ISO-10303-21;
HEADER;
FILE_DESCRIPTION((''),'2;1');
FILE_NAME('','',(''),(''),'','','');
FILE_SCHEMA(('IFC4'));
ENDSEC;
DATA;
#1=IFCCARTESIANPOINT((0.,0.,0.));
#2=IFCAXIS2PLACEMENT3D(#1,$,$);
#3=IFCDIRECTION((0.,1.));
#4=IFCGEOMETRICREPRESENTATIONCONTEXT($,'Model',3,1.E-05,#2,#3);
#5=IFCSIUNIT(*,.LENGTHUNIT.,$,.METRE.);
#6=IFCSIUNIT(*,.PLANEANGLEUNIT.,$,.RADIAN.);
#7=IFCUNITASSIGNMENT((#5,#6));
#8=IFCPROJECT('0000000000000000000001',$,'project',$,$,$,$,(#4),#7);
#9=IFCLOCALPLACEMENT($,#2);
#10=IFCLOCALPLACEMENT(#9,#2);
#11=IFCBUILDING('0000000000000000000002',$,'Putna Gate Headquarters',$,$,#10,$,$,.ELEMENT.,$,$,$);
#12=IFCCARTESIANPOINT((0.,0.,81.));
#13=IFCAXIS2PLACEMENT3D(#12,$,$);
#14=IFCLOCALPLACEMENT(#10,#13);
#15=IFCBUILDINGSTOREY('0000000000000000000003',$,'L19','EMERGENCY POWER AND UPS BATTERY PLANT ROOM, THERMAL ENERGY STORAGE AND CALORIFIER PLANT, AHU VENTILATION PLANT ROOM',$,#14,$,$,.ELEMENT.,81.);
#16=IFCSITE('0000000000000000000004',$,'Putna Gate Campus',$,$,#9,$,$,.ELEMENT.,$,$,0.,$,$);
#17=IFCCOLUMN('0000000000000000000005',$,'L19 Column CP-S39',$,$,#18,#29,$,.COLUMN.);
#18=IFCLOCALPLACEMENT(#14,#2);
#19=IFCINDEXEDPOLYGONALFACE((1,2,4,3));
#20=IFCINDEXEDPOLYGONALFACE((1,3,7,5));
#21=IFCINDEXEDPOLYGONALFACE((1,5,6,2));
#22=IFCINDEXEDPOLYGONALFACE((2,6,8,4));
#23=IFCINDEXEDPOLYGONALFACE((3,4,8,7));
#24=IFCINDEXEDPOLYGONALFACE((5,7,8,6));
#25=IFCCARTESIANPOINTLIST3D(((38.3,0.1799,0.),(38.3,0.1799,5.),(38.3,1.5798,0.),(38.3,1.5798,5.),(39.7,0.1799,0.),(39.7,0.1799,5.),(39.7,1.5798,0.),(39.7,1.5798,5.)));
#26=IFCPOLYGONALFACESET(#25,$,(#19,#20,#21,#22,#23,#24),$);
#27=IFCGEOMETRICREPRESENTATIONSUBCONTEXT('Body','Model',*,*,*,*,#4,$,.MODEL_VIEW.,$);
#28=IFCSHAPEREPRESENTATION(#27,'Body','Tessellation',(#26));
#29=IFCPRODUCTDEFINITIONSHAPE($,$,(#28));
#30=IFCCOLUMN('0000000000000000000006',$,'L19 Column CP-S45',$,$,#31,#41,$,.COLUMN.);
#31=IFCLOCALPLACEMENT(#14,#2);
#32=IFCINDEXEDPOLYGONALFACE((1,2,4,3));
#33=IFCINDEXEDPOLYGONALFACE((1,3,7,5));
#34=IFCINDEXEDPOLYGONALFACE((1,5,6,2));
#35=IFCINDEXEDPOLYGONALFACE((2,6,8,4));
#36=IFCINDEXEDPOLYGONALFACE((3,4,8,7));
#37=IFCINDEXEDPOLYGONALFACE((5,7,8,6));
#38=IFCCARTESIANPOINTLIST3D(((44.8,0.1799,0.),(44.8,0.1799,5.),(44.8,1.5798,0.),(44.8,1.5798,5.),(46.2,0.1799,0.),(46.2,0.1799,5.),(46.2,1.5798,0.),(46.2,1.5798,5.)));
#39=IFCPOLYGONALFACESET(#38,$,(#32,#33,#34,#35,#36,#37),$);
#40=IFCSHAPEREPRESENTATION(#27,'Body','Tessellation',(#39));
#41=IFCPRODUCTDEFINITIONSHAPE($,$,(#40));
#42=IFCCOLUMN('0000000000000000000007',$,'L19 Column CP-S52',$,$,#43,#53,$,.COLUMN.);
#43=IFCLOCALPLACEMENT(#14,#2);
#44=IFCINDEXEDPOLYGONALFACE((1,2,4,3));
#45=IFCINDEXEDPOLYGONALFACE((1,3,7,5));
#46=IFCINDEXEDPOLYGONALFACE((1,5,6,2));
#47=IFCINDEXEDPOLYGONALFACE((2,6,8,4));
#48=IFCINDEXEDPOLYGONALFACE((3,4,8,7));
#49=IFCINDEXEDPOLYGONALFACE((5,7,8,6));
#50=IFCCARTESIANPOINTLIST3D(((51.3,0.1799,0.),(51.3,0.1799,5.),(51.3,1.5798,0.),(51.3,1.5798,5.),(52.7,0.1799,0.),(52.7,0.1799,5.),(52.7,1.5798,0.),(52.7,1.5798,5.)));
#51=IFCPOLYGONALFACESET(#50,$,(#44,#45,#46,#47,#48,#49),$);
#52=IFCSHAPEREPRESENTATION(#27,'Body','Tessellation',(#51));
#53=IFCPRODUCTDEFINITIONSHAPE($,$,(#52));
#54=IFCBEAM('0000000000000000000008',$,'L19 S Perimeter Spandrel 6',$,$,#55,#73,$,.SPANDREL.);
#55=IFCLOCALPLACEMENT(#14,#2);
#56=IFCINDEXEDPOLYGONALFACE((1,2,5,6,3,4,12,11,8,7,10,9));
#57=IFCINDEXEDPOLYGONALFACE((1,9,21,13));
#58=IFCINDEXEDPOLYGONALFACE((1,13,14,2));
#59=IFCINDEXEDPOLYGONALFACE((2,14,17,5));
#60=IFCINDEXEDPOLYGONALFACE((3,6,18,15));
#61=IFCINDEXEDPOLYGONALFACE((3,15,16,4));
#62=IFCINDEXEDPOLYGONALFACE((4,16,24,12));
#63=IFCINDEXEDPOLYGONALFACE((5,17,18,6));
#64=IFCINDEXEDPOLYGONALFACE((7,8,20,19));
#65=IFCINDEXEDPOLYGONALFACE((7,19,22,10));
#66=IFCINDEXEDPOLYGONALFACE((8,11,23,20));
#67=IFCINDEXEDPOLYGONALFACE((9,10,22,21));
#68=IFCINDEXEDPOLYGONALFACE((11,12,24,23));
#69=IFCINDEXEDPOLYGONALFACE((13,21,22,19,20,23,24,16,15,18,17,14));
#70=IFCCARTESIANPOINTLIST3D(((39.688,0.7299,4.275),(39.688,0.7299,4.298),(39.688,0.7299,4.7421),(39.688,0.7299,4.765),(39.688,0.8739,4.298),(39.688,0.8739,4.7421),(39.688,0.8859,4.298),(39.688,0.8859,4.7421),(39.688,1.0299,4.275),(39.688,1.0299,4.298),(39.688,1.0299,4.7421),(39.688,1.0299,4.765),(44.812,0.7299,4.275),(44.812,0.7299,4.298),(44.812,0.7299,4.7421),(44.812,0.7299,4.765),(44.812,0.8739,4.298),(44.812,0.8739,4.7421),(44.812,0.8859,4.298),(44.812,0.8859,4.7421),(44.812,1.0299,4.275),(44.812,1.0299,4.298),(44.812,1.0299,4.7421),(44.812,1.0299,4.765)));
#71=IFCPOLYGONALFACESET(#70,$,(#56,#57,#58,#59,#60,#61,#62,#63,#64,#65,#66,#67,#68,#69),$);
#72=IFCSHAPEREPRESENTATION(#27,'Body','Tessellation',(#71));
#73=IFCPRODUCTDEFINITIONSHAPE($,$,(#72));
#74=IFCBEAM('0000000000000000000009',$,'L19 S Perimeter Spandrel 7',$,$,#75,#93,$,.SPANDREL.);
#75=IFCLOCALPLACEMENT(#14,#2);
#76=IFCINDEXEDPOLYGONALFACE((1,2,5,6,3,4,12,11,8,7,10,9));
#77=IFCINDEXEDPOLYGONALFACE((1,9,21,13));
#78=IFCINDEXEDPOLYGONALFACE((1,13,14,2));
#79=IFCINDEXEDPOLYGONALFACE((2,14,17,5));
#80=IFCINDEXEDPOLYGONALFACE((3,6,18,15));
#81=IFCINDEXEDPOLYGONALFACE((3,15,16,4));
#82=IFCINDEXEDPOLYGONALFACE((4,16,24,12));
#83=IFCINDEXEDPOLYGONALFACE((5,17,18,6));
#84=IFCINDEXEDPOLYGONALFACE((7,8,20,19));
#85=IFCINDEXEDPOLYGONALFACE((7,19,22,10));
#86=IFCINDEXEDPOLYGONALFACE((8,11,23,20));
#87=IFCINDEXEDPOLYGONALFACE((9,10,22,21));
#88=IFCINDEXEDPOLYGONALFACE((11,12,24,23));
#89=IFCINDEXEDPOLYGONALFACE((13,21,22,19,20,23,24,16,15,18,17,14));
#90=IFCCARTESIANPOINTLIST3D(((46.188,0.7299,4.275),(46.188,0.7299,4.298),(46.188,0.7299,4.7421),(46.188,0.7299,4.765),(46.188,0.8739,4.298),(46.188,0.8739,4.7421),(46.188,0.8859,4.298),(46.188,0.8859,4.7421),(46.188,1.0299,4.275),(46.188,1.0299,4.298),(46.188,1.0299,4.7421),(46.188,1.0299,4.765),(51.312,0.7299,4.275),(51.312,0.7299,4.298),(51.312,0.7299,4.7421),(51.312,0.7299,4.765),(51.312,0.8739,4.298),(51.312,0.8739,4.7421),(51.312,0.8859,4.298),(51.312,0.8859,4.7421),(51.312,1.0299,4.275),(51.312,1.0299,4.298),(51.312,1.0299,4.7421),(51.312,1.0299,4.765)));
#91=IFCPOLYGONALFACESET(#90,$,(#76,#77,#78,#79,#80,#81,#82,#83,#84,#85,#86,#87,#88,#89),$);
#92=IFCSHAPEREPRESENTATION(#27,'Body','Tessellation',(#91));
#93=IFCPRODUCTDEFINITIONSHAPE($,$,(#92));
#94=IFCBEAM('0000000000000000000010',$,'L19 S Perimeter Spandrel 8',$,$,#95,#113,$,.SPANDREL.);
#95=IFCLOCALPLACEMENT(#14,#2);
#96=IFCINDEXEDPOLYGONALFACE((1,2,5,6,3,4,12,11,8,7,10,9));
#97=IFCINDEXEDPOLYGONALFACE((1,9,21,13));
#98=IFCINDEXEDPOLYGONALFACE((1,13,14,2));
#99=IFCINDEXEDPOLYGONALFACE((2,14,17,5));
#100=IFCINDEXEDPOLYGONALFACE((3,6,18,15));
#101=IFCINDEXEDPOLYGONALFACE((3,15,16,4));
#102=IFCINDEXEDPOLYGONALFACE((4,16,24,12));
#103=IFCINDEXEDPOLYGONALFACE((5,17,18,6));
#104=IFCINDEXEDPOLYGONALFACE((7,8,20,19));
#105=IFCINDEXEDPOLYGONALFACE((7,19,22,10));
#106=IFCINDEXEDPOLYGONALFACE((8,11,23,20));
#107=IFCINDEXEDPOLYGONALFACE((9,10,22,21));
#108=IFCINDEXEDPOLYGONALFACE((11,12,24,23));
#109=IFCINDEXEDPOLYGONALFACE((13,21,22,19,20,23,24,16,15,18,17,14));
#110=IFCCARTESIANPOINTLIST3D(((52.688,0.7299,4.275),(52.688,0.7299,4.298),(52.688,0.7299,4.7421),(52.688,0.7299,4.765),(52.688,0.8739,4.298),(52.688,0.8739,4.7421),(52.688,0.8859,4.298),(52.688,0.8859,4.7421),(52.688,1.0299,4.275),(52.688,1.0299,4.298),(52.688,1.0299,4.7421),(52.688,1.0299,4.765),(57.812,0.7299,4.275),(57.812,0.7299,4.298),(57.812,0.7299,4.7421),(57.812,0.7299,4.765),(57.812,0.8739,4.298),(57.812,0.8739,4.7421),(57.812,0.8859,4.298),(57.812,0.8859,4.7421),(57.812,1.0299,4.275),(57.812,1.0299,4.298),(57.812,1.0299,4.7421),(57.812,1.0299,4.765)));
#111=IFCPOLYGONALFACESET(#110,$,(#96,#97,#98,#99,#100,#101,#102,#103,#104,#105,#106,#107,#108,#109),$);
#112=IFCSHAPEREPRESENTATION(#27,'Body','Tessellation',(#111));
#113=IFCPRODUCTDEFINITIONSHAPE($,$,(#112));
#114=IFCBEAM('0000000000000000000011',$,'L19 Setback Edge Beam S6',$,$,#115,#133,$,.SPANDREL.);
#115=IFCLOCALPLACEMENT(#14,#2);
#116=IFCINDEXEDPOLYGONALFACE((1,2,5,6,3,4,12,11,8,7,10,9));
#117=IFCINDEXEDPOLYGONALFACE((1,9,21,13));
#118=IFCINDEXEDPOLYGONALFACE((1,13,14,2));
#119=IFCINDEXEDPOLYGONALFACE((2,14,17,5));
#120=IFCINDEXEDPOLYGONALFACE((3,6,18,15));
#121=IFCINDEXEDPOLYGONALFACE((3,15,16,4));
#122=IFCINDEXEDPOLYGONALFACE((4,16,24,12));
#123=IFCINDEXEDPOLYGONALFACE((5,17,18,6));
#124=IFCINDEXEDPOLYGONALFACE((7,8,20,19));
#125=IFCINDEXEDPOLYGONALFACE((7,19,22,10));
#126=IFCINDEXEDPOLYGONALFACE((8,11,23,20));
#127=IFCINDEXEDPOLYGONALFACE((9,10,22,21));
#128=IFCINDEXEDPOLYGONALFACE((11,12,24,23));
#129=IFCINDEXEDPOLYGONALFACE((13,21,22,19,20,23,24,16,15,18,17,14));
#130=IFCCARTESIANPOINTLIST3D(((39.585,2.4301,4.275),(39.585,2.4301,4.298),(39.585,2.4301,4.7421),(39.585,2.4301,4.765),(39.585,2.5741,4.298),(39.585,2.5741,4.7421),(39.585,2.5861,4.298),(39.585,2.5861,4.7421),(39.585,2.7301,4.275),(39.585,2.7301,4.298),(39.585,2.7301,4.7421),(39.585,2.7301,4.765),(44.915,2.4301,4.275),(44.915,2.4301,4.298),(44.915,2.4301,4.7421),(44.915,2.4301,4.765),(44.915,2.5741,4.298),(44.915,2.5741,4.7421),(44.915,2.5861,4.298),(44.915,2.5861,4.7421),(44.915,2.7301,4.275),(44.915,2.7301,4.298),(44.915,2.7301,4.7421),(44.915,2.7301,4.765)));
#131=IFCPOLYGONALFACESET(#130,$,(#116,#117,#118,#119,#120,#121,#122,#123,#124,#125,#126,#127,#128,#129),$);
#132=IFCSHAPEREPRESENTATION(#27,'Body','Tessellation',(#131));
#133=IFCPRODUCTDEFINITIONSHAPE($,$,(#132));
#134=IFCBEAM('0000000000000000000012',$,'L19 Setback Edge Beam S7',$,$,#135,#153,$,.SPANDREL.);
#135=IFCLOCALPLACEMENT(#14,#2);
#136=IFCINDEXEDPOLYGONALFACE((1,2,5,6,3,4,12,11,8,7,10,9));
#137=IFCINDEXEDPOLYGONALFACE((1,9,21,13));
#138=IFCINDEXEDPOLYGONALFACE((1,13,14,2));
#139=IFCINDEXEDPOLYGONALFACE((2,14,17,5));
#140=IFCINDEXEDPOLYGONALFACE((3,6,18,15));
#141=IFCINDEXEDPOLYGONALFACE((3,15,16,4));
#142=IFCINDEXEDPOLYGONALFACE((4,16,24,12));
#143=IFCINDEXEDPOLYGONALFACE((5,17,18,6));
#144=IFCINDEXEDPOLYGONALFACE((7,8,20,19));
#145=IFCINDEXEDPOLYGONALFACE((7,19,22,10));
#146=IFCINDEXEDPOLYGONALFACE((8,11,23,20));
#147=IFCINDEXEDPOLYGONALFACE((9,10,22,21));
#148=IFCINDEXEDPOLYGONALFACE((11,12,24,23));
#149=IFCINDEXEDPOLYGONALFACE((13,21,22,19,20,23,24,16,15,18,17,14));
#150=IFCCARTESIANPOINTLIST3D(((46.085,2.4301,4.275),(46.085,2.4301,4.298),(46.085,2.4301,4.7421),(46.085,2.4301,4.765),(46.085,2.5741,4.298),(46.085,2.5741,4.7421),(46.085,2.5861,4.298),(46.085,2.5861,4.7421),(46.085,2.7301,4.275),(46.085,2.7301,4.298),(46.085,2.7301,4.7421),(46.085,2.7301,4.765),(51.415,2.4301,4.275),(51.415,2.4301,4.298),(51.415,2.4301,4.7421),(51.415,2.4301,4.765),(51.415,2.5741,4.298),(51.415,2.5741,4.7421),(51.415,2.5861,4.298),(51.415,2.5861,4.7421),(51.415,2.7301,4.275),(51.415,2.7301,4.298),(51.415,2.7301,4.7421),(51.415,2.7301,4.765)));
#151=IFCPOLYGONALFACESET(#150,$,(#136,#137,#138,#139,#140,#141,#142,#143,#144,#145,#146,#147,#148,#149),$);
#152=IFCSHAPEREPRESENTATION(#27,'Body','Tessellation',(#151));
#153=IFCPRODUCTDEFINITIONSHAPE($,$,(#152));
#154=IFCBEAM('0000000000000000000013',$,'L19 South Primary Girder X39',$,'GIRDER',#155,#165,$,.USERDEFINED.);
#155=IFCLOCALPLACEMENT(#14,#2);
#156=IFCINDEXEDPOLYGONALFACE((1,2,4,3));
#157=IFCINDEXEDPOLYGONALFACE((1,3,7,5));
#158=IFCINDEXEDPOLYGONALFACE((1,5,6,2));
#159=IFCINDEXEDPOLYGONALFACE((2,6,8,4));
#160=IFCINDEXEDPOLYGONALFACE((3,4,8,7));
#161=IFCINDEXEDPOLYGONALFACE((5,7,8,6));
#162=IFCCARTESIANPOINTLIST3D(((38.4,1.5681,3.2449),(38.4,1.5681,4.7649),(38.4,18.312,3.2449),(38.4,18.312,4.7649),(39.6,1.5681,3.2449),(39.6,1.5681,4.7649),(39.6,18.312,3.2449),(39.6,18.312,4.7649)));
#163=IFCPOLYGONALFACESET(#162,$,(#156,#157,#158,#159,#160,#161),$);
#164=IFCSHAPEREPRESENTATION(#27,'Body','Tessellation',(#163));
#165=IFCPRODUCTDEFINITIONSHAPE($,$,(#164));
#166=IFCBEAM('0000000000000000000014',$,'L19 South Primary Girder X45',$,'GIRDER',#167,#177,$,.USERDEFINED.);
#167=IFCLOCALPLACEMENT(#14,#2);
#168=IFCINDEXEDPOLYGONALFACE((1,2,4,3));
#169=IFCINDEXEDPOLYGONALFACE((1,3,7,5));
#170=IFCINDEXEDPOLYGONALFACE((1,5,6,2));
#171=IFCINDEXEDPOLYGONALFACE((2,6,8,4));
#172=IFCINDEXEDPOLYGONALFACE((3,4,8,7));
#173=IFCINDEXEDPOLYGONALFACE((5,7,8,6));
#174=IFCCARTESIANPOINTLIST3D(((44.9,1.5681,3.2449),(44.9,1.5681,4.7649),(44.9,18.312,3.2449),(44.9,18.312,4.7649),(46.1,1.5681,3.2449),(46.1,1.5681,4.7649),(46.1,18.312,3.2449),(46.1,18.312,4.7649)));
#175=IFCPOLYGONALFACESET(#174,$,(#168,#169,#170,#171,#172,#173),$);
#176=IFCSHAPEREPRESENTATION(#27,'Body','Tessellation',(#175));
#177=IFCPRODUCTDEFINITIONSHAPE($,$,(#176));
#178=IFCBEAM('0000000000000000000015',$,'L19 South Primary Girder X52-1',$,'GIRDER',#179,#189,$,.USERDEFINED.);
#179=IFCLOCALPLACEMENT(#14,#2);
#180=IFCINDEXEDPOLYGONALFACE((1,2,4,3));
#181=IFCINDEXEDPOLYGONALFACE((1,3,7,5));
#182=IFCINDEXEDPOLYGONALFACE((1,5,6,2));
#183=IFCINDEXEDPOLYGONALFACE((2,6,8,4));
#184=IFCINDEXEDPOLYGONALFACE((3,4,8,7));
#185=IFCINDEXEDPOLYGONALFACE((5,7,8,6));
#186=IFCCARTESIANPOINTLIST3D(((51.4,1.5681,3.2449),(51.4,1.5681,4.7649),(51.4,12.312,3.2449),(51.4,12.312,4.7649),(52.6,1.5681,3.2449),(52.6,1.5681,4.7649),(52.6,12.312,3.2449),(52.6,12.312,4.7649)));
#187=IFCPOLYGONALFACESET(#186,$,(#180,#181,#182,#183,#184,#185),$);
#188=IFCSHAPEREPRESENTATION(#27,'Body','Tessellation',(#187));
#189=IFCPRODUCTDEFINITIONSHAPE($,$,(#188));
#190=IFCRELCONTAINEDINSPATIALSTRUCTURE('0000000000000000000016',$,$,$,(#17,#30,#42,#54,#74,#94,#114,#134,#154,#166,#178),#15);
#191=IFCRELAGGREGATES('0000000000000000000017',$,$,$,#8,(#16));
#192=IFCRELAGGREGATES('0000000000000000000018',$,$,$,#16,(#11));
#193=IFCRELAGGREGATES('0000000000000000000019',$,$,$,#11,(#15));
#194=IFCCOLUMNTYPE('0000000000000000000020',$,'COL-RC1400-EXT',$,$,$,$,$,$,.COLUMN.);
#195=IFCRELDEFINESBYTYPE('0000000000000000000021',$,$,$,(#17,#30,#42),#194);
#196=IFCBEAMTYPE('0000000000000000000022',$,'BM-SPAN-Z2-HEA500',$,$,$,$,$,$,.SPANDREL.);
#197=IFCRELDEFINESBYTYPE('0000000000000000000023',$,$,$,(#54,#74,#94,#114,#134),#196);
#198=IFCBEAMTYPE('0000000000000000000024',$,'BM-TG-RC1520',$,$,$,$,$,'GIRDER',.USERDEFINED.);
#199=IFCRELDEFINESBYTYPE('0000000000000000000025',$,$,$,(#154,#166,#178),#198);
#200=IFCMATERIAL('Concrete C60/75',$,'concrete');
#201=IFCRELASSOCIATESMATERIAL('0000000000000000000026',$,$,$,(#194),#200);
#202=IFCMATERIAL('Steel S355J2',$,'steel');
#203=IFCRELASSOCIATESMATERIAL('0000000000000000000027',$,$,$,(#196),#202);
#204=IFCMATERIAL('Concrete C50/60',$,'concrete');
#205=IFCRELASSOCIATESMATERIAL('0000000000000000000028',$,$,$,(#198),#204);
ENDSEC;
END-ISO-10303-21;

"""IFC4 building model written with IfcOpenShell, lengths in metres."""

from ifc_helpers import new_model, si_unit, direction, frame, origin, origin_2d, place, context, subcontext, project, spatial, rectangle, i_section, extrude, material, material_profile, profile_set, type_object, element, save


model = new_model("IFC4")

# Units and contexts
model_context = context("Model", 3, precision=1e-05, world=origin(), true_north=direction((0.0, 1.0)))
body_context = subcontext(model_context, "Body", "Model", "MODEL_VIEW")
ifc_project = project(units=[si_unit("LENGTHUNIT", "METRE"), si_unit("PLANEANGLEUNIT", "RADIAN")], contexts=[model_context])

# Site, building, storey
site_placement = place(None, origin())
site = spatial("IfcSite", under=ifc_project, at=site_placement, Name="Putna Gate Campus", CompositionType="ELEMENT", RefElevation=0.0)
building_placement = place(site_placement, origin())
building = spatial("IfcBuilding", under=site, at=building_placement, Name="Putna Gate Headquarters", CompositionType="ELEMENT")
storey_placement = place(building_placement, frame((0.0, 0.0, 81.0)))
storey = spatial("IfcBuildingStorey", under=building, at=storey_placement, Name="L19", Description="EMERGENCY POWER AND UPS BATTERY PLANT ROOM, THERMAL ENERGY STORAGE AND CALORIFIER PLANT, AHU VENTILATION PLANT ROOM", CompositionType="ELEMENT", Elevation=81.0)

# Columns
ifc_material_1 = material(Name="Concrete C60/75", Category="concrete")
ifc_material_profile_1 = material_profile(ifc_material_1, rectangle(XDim=1.3999, YDim=1.3999, at=origin_2d()), Name="Concrete C60/75")
ifc_profile_set_1 = profile_set([ifc_material_profile_1], Name="Concrete C60/75")
column_type = type_object("IfcColumnType", Name="COL-RC1400-EXT", PredefinedType="COLUMN", material=ifc_profile_set_1)
for number, where, z_axis, x_axis, name in (
    (1, (39.0, 0.8799, 0.0), (0.0, 0.0, 1.0), (1.0, 0.0, 0.0), "L19 Column CP-S39"),
    (2, (45.5, 0.8799, 0.0), (0.0, 0.0, 1.0), (1.0, 0.0, 0.0), "L19 Column CP-S45"),
    (3, (52.0, 0.8799, 0.0), (0.0, 0.0, 1.0), (1.0, 0.0, 0.0), "L19 Column CP-S52"),
):
    element("IfcColumn", number, at=place(storey_placement, frame(where, z_axis=z_axis, x_axis=x_axis)), inside=storey, type_object=column_type, Name=name, PredefinedType="COLUMN", context=body_context, shape_type="SweptSolid", body=[
        extrude(rectangle(XDim=1.3999, YDim=1.3999, at=origin_2d()), origin(), (0.0, 0.0, 1.0), 5.0),
    ])

# Beams
ifc_material_2 = material(Name="Steel S355J2", Category="steel")
ifc_material_profile_2 = material_profile(ifc_material_2, i_section(OverallWidth=0.3, OverallDepth=0.49, WebThickness=0.012, FlangeThickness=0.0229, at=origin_2d()), Name="Steel S355J2")
ifc_profile_set_2 = profile_set([ifc_material_profile_2], Name="Steel S355J2")
beam_type_1 = type_object("IfcBeamType", Name="BM-SPAN-Z2-HEA500", PredefinedType="SPANDREL", material=ifc_profile_set_2)
for number, where, z_axis, x_axis, name in (
    (4, (39.688, 0.8799, 4.52), (1.0, 0.0, 0.0), (0.0, 1.0, 0.0), "L19 S Perimeter Spandrel 6"),
    (5, (46.188, 0.8799, 4.52), (1.0, 0.0, 0.0), (0.0, 1.0, 0.0), "L19 S Perimeter Spandrel 7"),
    (6, (52.688, 0.8799, 4.52), (1.0, 0.0, 0.0), (0.0, 1.0, 0.0), "L19 S Perimeter Spandrel 8"),
):
    element("IfcBeam", number, at=place(storey_placement, frame(where, z_axis=z_axis, x_axis=x_axis)), inside=storey, type_object=beam_type_1, Name=name, PredefinedType="SPANDREL", context=body_context, shape_type="SweptSolid", body=[
        extrude(i_section(OverallWidth=0.3, OverallDepth=0.49, WebThickness=0.012, FlangeThickness=0.0229, at=origin_2d()), origin(), (0.0, 0.0, 1.0), 5.124),
    ])
for number, where, z_axis, x_axis, name in (
    (7, (39.585, 2.5801, 4.52), (1.0, 0.0, 0.0), (0.0, 1.0, 0.0), "L19 Setback Edge Beam S6"),
    (8, (46.085, 2.5801, 4.52), (1.0, 0.0, 0.0), (0.0, 1.0, 0.0), "L19 Setback Edge Beam S7"),
):
    element("IfcBeam", number, at=place(storey_placement, frame(where, z_axis=z_axis, x_axis=x_axis)), inside=storey, type_object=beam_type_1, Name=name, PredefinedType="SPANDREL", context=body_context, shape_type="SweptSolid", body=[
        extrude(i_section(OverallWidth=0.3, OverallDepth=0.49, WebThickness=0.012, FlangeThickness=0.0229, at=origin_2d()), origin(), (0.0, 0.0, 1.0), 5.3301),
    ])
ifc_material_3 = material(Name="Concrete C50/60", Category="concrete")
ifc_material_profile_3 = material_profile(ifc_material_3, rectangle(XDim=1.2, YDim=1.52, at=origin_2d()), Name="Concrete C50/60")
ifc_profile_set_3 = profile_set([ifc_material_profile_3], Name="Concrete C50/60")
beam_type_2 = type_object("IfcBeamType", Name="BM-TG-RC1520", ElementType="GIRDER", PredefinedType="USERDEFINED", material=ifc_profile_set_3)
for number, where, z_axis, x_axis, name in (
    (9, (39.0, 1.5681, 4.0049), (0.0, 1.0, 0.0), (-1.0, 0.0, 0.0), "L19 South Primary Girder X39"),
    (10, (45.5, 1.5681, 4.0049), (0.0, 1.0, 0.0), (-1.0, 0.0, 0.0), "L19 South Primary Girder X45"),
):
    element("IfcBeam", number, at=place(storey_placement, frame(where, z_axis=z_axis, x_axis=x_axis)), inside=storey, type_object=beam_type_2, Name=name, ObjectType="GIRDER", PredefinedType="USERDEFINED", context=body_context, shape_type="SweptSolid", body=[
        extrude(rectangle(XDim=1.2, YDim=1.52, at=origin_2d()), origin(), (0.0, 0.0, 1.0), 16.7439),
    ])
beam_placement = place(storey_placement, frame((52.0, 1.5681, 4.0049), z_axis=(0.0, 1.0, 0.0), x_axis=(-1.0, 0.0, 0.0)))
element("IfcBeam", 11, at=beam_placement, inside=storey, type_object=beam_type_2, Name="L19 South Primary Girder X52-1", ObjectType="GIRDER", PredefinedType="USERDEFINED", context=body_context, shape_type="SweptSolid", body=[
    extrude(rectangle(XDim=1.2, YDim=1.52, at=origin_2d()), origin(), (0.0, 0.0, 1.0), 10.7439),
])

save(model, "model.ifc")
